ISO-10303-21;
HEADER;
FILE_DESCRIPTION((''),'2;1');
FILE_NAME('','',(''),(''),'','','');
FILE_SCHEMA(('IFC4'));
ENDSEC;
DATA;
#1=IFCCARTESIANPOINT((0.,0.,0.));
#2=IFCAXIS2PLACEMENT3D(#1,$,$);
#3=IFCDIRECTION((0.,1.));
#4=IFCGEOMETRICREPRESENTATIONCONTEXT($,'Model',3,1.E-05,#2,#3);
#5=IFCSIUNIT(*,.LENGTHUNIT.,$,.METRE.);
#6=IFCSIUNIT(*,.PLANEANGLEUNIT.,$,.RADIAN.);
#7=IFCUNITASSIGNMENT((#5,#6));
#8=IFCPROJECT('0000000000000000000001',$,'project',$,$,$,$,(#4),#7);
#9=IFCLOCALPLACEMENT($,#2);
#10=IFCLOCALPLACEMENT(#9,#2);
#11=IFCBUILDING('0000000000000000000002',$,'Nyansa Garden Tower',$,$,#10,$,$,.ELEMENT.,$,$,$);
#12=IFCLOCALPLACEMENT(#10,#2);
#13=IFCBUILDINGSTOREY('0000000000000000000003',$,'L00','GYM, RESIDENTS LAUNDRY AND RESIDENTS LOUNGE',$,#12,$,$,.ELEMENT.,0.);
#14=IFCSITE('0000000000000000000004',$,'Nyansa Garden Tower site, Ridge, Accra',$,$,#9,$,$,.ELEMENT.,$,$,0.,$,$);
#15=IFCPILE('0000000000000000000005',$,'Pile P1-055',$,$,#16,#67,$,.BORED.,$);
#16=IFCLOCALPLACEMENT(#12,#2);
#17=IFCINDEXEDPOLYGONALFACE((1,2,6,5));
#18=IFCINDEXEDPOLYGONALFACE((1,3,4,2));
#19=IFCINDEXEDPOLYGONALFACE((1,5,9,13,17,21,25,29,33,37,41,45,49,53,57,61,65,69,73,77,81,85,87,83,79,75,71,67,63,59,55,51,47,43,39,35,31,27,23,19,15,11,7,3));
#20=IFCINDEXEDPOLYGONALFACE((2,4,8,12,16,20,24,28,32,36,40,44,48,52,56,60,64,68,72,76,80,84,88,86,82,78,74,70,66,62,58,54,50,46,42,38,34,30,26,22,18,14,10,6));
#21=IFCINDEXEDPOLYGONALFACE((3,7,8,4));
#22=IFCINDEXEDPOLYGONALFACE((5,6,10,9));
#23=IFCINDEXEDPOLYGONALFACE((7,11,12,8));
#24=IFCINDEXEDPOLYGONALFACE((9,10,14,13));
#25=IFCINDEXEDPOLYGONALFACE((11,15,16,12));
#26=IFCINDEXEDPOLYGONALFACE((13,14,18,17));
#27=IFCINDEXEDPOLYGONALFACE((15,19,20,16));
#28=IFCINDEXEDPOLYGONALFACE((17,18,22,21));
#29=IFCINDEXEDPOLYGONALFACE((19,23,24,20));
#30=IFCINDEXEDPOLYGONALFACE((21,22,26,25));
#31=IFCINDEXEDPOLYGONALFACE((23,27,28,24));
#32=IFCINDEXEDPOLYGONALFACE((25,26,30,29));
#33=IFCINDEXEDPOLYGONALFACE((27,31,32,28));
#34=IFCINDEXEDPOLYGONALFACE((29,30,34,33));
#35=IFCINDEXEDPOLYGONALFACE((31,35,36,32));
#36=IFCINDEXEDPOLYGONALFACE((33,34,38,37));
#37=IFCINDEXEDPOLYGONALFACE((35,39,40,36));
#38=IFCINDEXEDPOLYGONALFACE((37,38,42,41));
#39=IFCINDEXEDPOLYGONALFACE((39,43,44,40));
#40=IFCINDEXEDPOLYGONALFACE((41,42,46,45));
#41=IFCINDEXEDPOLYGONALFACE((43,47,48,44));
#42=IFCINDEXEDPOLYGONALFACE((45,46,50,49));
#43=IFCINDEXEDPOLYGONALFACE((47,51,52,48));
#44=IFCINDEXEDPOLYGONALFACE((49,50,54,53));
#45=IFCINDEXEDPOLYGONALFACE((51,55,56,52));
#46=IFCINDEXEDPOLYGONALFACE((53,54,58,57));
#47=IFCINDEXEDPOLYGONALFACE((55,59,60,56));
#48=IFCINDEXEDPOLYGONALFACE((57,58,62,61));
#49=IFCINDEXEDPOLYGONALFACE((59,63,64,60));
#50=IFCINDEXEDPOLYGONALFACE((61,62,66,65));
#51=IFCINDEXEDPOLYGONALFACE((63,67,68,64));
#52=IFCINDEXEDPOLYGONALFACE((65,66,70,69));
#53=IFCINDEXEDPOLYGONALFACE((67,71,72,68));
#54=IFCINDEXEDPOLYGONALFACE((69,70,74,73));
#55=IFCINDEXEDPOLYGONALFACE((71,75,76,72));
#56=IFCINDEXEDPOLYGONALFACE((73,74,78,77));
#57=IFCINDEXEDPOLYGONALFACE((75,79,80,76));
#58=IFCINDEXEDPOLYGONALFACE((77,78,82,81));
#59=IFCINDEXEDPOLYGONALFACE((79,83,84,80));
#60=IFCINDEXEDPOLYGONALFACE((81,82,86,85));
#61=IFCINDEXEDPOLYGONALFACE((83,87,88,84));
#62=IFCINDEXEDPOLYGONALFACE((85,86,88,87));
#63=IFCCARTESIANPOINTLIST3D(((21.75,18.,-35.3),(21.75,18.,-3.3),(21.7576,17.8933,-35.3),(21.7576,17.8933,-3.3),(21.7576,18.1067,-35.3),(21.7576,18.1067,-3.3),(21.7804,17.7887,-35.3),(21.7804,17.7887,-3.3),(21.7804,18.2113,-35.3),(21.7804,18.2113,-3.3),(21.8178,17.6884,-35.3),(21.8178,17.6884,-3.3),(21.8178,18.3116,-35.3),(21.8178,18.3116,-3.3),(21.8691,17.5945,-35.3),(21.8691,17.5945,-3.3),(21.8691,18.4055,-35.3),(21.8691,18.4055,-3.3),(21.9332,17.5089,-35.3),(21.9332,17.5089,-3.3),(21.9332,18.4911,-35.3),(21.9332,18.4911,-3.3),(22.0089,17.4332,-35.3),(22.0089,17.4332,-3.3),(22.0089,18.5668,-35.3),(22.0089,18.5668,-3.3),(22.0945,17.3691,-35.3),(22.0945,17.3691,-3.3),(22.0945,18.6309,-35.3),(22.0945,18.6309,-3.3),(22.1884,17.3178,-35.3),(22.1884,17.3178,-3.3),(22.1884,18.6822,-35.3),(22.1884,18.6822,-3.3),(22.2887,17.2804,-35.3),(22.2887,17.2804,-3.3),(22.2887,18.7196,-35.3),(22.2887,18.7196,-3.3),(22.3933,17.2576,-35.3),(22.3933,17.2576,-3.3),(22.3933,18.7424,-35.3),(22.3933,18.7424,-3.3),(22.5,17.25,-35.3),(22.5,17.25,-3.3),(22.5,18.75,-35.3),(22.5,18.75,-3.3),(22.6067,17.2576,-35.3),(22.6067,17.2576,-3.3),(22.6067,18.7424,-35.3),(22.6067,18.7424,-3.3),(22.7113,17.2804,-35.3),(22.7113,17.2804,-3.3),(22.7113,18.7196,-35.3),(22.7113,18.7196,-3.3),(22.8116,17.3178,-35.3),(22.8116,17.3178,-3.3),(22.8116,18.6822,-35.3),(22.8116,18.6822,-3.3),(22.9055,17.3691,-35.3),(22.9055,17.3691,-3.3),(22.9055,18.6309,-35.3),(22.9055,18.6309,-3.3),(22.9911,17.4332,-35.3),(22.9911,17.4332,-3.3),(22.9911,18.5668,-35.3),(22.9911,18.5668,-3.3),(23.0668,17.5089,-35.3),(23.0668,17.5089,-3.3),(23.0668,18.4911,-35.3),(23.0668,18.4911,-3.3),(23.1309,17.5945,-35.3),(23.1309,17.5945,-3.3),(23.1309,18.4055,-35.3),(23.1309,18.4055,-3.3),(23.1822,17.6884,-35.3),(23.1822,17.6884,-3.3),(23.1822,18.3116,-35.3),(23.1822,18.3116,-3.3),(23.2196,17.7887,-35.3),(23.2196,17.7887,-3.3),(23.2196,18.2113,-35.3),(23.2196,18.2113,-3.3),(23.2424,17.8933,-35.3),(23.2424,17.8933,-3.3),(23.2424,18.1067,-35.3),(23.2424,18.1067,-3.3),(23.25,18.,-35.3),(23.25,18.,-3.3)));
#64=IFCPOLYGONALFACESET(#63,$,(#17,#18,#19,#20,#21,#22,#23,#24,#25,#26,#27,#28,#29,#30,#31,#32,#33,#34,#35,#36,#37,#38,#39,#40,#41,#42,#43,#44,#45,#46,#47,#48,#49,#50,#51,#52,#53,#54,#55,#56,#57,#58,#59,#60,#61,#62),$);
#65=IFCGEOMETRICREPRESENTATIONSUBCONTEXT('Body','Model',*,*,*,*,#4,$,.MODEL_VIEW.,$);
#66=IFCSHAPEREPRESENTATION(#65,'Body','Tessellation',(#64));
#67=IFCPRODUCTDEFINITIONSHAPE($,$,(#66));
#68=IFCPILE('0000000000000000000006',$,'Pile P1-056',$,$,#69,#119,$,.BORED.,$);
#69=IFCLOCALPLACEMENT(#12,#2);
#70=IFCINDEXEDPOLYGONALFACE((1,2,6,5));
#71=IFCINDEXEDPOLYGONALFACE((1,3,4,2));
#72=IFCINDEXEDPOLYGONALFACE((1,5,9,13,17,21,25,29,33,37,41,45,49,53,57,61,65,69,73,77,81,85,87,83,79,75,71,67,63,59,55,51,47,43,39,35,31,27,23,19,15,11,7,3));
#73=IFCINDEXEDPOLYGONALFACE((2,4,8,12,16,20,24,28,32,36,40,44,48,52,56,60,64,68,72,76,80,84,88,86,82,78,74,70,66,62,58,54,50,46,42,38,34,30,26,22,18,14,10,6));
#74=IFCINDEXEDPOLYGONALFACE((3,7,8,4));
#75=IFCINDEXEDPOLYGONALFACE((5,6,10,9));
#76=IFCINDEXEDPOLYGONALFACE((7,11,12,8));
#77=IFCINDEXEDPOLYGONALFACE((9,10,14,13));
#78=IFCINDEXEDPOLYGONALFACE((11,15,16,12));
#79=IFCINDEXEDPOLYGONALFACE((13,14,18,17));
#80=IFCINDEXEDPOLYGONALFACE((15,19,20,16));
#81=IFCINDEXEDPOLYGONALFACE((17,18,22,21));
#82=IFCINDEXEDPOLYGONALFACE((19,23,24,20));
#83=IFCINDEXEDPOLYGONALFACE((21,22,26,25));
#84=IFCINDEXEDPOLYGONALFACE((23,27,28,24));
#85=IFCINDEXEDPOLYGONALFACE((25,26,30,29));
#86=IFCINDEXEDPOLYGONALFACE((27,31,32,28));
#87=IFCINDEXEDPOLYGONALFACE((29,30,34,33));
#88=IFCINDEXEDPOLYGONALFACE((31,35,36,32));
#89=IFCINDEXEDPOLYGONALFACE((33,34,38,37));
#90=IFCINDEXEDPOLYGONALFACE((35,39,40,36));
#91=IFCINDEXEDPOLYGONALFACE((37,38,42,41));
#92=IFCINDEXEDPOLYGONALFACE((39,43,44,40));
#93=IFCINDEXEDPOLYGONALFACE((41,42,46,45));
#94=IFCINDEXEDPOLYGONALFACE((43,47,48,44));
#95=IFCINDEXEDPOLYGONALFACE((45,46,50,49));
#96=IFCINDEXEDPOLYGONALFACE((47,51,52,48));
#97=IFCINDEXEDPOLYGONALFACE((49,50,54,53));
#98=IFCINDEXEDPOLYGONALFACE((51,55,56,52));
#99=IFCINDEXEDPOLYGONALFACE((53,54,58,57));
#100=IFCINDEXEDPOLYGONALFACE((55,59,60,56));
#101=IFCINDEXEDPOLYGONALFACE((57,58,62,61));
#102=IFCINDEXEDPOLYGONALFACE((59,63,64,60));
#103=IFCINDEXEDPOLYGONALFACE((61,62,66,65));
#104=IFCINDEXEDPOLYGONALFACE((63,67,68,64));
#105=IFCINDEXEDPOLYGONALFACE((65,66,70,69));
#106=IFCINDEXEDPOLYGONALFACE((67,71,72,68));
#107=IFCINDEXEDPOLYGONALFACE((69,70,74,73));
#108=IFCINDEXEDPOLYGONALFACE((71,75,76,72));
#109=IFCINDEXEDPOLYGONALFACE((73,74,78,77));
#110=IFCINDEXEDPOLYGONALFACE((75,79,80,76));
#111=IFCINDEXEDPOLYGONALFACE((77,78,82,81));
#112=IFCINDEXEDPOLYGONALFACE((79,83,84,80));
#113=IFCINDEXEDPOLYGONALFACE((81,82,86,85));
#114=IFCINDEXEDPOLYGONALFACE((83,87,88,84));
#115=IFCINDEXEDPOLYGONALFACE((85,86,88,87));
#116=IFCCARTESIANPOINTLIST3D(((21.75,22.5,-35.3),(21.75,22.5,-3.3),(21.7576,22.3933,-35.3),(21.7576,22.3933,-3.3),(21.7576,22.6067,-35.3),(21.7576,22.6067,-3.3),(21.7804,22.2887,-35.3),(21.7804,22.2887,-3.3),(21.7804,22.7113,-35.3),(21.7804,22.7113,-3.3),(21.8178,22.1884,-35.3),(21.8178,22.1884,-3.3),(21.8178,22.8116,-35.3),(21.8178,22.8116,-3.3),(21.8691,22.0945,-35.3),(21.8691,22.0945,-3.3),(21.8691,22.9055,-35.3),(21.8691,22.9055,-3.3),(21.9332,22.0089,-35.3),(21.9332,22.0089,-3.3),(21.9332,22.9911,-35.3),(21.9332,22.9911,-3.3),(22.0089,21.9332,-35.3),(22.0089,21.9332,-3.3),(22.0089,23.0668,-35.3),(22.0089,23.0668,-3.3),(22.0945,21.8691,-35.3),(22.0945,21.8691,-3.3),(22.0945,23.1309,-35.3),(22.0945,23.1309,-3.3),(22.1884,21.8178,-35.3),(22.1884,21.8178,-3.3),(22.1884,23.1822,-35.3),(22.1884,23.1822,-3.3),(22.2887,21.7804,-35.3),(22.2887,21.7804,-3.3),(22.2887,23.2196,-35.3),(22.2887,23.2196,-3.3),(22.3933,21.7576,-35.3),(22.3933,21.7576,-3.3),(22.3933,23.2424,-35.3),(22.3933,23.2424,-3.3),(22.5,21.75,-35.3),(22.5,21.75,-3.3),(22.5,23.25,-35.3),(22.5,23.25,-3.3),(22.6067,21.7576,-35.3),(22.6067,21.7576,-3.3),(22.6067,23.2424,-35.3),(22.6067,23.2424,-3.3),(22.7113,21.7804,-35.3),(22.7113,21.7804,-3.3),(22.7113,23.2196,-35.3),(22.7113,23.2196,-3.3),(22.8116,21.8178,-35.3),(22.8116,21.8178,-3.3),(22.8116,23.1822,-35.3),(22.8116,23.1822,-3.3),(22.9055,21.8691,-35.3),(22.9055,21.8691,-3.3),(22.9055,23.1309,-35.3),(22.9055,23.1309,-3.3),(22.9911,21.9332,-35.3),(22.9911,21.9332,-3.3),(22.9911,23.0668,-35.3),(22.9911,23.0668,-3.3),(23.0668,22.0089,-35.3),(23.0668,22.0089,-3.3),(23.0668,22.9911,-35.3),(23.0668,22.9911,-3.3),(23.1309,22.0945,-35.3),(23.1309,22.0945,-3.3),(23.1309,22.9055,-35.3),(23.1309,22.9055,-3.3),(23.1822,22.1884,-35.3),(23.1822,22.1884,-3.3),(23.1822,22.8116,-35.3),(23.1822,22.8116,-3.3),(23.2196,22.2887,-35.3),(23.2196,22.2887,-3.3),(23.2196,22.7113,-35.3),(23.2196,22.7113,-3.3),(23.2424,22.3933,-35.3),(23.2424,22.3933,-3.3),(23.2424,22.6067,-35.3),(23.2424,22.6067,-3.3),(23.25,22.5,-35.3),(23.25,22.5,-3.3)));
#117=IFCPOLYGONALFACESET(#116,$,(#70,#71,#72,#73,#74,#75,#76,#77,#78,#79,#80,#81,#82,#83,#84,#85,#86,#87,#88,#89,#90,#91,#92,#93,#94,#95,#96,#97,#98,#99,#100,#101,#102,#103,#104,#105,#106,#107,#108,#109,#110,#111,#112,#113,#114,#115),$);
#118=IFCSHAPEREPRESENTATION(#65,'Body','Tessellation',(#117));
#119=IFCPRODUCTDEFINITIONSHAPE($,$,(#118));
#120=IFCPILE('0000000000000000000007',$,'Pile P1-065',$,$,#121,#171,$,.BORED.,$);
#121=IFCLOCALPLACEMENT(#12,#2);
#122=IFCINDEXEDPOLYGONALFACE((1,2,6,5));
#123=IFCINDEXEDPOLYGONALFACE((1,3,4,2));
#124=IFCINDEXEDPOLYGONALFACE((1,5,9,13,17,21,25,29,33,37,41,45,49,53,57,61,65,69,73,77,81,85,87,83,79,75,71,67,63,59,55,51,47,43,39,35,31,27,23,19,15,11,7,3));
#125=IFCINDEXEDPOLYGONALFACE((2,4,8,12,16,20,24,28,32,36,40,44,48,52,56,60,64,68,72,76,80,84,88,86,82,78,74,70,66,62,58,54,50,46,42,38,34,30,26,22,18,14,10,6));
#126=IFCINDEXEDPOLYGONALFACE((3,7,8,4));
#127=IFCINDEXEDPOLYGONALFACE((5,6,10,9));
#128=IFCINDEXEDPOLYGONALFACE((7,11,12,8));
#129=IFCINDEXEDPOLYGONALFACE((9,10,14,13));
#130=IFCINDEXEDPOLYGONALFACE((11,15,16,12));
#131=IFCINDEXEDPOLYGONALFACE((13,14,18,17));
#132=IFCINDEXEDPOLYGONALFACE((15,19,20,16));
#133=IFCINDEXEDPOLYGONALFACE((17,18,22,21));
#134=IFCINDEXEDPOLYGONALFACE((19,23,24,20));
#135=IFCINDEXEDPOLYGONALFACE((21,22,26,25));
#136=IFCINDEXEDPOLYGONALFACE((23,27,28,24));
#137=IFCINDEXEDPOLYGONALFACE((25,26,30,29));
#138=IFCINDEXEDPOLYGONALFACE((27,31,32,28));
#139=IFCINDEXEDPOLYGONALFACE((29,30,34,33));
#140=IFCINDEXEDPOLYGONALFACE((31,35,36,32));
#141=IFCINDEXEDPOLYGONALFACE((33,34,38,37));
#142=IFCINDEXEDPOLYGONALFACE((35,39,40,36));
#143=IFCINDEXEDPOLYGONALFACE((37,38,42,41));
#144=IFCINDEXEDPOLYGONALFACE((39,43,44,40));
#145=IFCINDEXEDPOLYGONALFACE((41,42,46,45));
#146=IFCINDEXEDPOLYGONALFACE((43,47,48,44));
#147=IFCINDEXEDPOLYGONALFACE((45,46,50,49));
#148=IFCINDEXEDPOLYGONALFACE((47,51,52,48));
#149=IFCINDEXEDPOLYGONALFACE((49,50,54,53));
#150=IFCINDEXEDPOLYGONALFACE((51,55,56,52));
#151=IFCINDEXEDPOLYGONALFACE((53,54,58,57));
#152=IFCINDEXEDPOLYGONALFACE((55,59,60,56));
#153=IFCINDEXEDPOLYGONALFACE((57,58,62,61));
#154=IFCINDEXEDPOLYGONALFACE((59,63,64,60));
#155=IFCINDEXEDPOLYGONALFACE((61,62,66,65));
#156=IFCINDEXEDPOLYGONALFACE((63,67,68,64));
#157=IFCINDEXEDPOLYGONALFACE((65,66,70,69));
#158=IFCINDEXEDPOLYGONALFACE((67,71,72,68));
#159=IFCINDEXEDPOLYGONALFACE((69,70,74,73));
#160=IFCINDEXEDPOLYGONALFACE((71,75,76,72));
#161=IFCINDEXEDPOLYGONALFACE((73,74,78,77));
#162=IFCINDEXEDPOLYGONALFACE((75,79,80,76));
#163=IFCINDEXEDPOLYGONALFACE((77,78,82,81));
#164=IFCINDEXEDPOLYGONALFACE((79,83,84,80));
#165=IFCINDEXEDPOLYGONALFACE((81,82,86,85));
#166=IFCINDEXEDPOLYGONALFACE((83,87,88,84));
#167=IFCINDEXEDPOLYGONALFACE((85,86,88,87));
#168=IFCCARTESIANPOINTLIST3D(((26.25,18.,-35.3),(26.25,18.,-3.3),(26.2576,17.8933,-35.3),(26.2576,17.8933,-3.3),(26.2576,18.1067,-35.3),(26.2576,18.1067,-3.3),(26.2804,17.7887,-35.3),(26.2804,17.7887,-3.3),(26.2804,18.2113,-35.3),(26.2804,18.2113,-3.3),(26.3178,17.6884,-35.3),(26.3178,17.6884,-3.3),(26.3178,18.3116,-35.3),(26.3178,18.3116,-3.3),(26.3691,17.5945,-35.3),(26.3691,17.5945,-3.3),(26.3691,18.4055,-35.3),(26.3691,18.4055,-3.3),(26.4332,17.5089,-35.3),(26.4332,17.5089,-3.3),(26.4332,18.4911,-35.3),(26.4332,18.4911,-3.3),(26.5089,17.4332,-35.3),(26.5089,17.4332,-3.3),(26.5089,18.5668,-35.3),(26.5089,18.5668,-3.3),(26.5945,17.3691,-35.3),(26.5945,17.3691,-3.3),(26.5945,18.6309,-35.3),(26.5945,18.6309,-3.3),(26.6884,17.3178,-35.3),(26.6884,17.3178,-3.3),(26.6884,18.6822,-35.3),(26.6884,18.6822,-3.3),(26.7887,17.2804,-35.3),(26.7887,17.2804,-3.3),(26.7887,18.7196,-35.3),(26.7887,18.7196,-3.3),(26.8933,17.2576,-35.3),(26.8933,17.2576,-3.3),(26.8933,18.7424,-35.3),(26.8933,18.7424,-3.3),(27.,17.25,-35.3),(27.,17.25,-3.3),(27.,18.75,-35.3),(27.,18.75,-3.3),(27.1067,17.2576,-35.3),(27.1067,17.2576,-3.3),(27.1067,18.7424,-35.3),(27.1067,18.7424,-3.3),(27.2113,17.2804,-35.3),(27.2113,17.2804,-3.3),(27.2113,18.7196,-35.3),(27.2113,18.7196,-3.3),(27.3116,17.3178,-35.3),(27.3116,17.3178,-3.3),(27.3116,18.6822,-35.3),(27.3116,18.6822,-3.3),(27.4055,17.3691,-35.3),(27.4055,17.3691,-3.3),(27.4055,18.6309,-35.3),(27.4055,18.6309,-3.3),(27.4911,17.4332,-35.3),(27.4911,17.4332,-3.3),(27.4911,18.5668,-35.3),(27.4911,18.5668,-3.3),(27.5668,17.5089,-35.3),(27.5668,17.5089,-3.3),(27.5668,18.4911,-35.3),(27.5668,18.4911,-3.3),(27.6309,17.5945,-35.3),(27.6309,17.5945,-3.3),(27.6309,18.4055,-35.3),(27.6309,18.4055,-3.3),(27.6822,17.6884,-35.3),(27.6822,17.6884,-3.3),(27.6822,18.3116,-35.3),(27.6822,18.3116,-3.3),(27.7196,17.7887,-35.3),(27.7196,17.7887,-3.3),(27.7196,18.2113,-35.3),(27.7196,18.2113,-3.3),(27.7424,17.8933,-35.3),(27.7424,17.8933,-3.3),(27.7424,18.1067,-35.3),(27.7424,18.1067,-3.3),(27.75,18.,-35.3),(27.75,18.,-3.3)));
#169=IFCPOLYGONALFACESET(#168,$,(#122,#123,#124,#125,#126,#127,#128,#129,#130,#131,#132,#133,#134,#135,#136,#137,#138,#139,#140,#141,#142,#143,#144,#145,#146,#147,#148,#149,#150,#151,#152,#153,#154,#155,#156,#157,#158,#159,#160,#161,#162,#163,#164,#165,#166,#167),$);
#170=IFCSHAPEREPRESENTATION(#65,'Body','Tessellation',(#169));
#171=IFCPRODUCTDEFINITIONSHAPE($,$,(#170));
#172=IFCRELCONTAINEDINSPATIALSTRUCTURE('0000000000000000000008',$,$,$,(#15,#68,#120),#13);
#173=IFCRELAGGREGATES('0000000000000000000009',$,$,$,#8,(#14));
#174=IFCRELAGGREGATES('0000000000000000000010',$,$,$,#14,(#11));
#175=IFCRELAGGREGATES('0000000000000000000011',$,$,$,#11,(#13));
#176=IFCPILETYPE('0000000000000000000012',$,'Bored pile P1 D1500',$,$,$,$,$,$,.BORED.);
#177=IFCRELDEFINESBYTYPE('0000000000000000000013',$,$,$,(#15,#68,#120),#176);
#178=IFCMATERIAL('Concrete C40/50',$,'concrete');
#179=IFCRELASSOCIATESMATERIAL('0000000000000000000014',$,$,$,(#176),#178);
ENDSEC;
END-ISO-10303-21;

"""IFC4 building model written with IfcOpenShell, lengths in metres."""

from ifc_helpers import new_model, si_unit, direction, frame, origin, origin_2d, place, context, subcontext, project, spatial, circle, extrude, material, type_object, element, save


model = new_model("IFC4")

# Units and contexts
model_context = context("Model", 3, precision=1e-05, world=origin(), true_north=direction((0.0, 1.0)))
body_context = subcontext(model_context, "Body", "Model", "MODEL_VIEW")
ifc_project = project(units=[si_unit("LENGTHUNIT", "METRE"), si_unit("PLANEANGLEUNIT", "RADIAN")], contexts=[model_context])

# Site, building, storey
site_placement = place(None, origin())
site = spatial("IfcSite", under=ifc_project, at=site_placement, Name="Nyansa Garden Tower site, Ridge, Accra", CompositionType="ELEMENT", RefElevation=0.0)
building_placement = place(site_placement, origin())
building = spatial("IfcBuilding", under=site, at=building_placement, Name="Nyansa Garden Tower", CompositionType="ELEMENT")
storey_placement = place(building_placement, origin())
storey = spatial("IfcBuildingStorey", under=building, at=storey_placement, Name="L00", Description="GYM, RESIDENTS LAUNDRY AND RESIDENTS LOUNGE", CompositionType="ELEMENT", Elevation=0.0)

# Piles
ifc_material_1 = material(Name="Concrete C40/50", Category="concrete")
pile_type = type_object("IfcPileType", Name="Bored pile P1 D1500", PredefinedType="BORED", material=ifc_material_1)
for number, where, z_axis, x_axis, name in (
    (1, (22.5, 18.0, -3.3), (0.0, 0.0, -1.0), (1.0, 0.0, 0.0), "Pile P1-055"),
    (2, (22.5, 22.5, -3.3), (0.0, 0.0, -1.0), (1.0, 0.0, 0.0), "Pile P1-056"),
    (3, (27.0, 18.0, -3.3), (0.0, 0.0, -1.0), (1.0, 0.0, 0.0), "Pile P1-065"),
):
    element("IfcPile", number, at=place(storey_placement, frame(where, z_axis=z_axis, x_axis=x_axis)), inside=storey, type_object=pile_type, Name=name, PredefinedType="BORED", context=body_context, shape_type="SweptSolid", body=[
        extrude(circle(Radius=0.75, at=origin_2d()), origin(), (0.0, 0.0, 1.0), 32.0),
    ])

save(model, "model.ifc")
